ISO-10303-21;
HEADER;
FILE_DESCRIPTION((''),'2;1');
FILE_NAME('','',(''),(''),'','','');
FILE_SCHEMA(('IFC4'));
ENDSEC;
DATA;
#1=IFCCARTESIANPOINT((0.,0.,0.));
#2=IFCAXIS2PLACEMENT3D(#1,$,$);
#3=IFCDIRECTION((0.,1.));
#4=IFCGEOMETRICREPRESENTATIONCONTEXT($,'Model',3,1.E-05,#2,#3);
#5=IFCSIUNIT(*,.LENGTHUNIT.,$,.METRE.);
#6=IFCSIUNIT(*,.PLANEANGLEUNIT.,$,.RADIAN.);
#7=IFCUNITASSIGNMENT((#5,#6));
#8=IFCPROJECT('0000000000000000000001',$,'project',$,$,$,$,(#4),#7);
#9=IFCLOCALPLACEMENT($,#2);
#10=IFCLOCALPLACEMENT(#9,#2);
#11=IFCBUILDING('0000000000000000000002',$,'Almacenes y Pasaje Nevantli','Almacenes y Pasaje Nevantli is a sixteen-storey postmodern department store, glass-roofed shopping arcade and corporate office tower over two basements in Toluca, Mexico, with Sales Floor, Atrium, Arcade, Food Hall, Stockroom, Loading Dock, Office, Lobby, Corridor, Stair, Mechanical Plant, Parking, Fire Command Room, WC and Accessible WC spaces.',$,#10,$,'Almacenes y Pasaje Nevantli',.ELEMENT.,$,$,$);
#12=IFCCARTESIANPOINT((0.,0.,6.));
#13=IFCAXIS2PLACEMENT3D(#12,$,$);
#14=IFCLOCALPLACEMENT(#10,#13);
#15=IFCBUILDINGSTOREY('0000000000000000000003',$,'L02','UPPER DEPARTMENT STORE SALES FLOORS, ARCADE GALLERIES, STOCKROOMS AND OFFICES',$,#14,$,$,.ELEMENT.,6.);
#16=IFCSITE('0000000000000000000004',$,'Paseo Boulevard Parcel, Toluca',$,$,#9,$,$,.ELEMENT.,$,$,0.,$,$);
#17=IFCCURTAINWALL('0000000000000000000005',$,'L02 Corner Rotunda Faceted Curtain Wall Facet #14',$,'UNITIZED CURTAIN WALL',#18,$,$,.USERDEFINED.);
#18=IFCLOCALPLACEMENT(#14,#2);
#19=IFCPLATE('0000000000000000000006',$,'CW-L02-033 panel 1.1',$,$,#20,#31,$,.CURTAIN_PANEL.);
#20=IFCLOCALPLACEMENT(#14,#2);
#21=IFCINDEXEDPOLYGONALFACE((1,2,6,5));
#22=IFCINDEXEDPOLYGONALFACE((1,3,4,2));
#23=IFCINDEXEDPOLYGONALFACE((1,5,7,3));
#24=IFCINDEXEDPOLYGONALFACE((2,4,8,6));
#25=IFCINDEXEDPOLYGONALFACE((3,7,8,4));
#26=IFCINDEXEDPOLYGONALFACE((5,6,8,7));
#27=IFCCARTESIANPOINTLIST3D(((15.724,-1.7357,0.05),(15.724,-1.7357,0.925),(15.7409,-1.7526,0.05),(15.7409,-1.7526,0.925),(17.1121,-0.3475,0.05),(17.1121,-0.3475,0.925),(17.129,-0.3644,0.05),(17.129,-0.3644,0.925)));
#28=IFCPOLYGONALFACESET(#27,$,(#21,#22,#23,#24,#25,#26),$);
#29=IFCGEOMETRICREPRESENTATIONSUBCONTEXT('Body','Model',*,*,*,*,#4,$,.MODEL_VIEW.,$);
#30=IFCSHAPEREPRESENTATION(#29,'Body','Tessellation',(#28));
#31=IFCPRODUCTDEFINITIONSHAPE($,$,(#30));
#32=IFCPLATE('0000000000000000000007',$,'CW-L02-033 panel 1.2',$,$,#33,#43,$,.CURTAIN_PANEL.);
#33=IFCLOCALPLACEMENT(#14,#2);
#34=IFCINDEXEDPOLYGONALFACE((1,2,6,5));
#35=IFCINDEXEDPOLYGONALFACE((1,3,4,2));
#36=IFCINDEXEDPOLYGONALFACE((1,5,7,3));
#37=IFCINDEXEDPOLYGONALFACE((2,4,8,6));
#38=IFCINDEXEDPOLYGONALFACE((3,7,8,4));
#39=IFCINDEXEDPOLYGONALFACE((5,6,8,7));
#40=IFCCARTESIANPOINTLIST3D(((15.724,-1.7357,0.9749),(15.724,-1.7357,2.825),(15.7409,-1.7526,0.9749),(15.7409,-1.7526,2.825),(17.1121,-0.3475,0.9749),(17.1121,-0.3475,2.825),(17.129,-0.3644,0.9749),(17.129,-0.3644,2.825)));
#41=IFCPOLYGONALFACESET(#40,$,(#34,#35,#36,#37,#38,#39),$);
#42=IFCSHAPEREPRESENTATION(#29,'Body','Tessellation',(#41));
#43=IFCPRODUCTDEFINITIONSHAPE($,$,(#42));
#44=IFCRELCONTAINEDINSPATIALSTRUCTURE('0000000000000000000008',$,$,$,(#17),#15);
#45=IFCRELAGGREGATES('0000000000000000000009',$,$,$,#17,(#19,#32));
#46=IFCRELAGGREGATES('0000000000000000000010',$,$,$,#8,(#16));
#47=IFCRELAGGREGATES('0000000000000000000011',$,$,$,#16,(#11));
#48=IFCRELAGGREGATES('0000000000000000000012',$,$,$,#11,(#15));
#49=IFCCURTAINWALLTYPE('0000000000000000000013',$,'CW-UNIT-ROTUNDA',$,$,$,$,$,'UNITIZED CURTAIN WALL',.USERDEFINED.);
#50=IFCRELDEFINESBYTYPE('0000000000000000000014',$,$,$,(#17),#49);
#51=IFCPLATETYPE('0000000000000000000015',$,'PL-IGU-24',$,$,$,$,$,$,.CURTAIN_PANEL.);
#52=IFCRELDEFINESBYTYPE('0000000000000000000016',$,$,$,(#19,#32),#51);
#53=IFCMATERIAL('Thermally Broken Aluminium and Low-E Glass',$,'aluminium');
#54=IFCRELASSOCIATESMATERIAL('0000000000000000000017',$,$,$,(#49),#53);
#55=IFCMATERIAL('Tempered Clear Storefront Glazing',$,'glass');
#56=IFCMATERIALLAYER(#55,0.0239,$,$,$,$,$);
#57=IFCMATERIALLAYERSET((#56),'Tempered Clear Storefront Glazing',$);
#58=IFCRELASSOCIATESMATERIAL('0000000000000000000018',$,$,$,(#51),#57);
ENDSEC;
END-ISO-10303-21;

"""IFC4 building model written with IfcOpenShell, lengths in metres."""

from ifc_helpers import new_model, si_unit, direction, frame, origin, origin_2d, place, context, subcontext, project, spatial, rectangle, extrude, material, layer, layer_set, type_object, element, aggregate, save


model = new_model("IFC4")

# Units and contexts
model_context = context("Model", 3, precision=1e-05, world=origin(), true_north=direction((0.0, 1.0)))
body_context = subcontext(model_context, "Body", "Model", "MODEL_VIEW")
ifc_project = project(units=[si_unit("LENGTHUNIT", "METRE"), si_unit("PLANEANGLEUNIT", "RADIAN")], contexts=[model_context])

# Site, building, storey
site_placement = place(None, origin())
site = spatial("IfcSite", under=ifc_project, at=site_placement, Name="Paseo Boulevard Parcel, Toluca", CompositionType="ELEMENT", RefElevation=0.0)
building_placement = place(site_placement, origin())
building = spatial("IfcBuilding", under=site, at=building_placement, Name="Almacenes y Pasaje Nevantli", Description="Almacenes y Pasaje Nevantli is a sixteen-storey postmodern department store, glass-roofed shopping arcade and corporate office tower over two basements in Toluca, Mexico, with Sales Floor, Atrium, Arcade, Food Hall, Stockroom, Loading Dock, Office, Lobby, Corridor, Stair, Mechanical Plant, Parking, Fire Command Room, WC and Accessible WC spaces.", LongName="Almacenes y Pasaje Nevantli", CompositionType="ELEMENT")
storey_placement = place(building_placement, frame((0.0, 0.0, 6.0)))
storey = spatial("IfcBuildingStorey", under=building, at=storey_placement, Name="L02", Description="UPPER DEPARTMENT STORE SALES FLOORS, ARCADE GALLERIES, STOCKROOMS AND OFFICES", CompositionType="ELEMENT", Elevation=6.0)

# Shared definitions
ifc_material_1 = material(Name="Thermally Broken Aluminium and Low-E Glass", Category="aluminium")
curtain_wall_type = type_object("IfcCurtainWallType", Name="CW-UNIT-ROTUNDA", ElementType="UNITIZED CURTAIN WALL", PredefinedType="USERDEFINED", material=ifc_material_1)

# Curtain wall
curtain_wall_1_placement = place(storey_placement, origin())
curtain_wall_1 = element("IfcCurtainWall", 1, at=curtain_wall_1_placement, inside=storey, type_object=curtain_wall_type, Name="L02 Corner Rotunda Faceted Curtain Wall Facet #14", ObjectType="UNITIZED CURTAIN WALL", PredefinedType="USERDEFINED")

# Plates
ifc_material_2 = material(Name="Tempered Clear Storefront Glazing", Category="glass")
ifc_layer = layer(ifc_material_2, 0.0239)
ifc_layer_set = layer_set([ifc_layer], Name="Tempered Clear Storefront Glazing")
plate_type = type_object("IfcPlateType", Name="PL-IGU-24", PredefinedType="CURTAIN_PANEL", material=ifc_layer_set)
plate_1_placement = place(storey_placement, frame((16.4265, -1.05, 0.05), z_axis=(0.0, 0.0, 1.0), x_axis=(0.707107, 0.707107, 0.0)))
plate_1 = element("IfcPlate", 2, at=plate_1_placement, type_object=plate_type, Name="CW-L02-033 panel 1.1", PredefinedType="CURTAIN_PANEL", context=body_context, shape_type="SweptSolid", body=[
    extrude(rectangle(XDim=1.9631, YDim=0.0239, at=origin_2d()), origin(), (0.0, 0.0, 1.0), 0.875),
])
plate_2_placement = place(storey_placement, frame((16.4265, -1.05, 0.9749), z_axis=(0.0, 0.0, 1.0), x_axis=(0.707107, 0.707107, 0.0)))
plate_2 = element("IfcPlate", 3, at=plate_2_placement, type_object=plate_type, Name="CW-L02-033 panel 1.2", PredefinedType="CURTAIN_PANEL", context=body_context, shape_type="SweptSolid", body=[
    extrude(rectangle(XDim=1.9631, YDim=0.0239, at=origin_2d()), origin(), (0.0, 0.0, 1.0), 1.8501),
])
aggregate(curtain_wall_1, [plate_1, plate_2])

save(model, "model.ifc")
